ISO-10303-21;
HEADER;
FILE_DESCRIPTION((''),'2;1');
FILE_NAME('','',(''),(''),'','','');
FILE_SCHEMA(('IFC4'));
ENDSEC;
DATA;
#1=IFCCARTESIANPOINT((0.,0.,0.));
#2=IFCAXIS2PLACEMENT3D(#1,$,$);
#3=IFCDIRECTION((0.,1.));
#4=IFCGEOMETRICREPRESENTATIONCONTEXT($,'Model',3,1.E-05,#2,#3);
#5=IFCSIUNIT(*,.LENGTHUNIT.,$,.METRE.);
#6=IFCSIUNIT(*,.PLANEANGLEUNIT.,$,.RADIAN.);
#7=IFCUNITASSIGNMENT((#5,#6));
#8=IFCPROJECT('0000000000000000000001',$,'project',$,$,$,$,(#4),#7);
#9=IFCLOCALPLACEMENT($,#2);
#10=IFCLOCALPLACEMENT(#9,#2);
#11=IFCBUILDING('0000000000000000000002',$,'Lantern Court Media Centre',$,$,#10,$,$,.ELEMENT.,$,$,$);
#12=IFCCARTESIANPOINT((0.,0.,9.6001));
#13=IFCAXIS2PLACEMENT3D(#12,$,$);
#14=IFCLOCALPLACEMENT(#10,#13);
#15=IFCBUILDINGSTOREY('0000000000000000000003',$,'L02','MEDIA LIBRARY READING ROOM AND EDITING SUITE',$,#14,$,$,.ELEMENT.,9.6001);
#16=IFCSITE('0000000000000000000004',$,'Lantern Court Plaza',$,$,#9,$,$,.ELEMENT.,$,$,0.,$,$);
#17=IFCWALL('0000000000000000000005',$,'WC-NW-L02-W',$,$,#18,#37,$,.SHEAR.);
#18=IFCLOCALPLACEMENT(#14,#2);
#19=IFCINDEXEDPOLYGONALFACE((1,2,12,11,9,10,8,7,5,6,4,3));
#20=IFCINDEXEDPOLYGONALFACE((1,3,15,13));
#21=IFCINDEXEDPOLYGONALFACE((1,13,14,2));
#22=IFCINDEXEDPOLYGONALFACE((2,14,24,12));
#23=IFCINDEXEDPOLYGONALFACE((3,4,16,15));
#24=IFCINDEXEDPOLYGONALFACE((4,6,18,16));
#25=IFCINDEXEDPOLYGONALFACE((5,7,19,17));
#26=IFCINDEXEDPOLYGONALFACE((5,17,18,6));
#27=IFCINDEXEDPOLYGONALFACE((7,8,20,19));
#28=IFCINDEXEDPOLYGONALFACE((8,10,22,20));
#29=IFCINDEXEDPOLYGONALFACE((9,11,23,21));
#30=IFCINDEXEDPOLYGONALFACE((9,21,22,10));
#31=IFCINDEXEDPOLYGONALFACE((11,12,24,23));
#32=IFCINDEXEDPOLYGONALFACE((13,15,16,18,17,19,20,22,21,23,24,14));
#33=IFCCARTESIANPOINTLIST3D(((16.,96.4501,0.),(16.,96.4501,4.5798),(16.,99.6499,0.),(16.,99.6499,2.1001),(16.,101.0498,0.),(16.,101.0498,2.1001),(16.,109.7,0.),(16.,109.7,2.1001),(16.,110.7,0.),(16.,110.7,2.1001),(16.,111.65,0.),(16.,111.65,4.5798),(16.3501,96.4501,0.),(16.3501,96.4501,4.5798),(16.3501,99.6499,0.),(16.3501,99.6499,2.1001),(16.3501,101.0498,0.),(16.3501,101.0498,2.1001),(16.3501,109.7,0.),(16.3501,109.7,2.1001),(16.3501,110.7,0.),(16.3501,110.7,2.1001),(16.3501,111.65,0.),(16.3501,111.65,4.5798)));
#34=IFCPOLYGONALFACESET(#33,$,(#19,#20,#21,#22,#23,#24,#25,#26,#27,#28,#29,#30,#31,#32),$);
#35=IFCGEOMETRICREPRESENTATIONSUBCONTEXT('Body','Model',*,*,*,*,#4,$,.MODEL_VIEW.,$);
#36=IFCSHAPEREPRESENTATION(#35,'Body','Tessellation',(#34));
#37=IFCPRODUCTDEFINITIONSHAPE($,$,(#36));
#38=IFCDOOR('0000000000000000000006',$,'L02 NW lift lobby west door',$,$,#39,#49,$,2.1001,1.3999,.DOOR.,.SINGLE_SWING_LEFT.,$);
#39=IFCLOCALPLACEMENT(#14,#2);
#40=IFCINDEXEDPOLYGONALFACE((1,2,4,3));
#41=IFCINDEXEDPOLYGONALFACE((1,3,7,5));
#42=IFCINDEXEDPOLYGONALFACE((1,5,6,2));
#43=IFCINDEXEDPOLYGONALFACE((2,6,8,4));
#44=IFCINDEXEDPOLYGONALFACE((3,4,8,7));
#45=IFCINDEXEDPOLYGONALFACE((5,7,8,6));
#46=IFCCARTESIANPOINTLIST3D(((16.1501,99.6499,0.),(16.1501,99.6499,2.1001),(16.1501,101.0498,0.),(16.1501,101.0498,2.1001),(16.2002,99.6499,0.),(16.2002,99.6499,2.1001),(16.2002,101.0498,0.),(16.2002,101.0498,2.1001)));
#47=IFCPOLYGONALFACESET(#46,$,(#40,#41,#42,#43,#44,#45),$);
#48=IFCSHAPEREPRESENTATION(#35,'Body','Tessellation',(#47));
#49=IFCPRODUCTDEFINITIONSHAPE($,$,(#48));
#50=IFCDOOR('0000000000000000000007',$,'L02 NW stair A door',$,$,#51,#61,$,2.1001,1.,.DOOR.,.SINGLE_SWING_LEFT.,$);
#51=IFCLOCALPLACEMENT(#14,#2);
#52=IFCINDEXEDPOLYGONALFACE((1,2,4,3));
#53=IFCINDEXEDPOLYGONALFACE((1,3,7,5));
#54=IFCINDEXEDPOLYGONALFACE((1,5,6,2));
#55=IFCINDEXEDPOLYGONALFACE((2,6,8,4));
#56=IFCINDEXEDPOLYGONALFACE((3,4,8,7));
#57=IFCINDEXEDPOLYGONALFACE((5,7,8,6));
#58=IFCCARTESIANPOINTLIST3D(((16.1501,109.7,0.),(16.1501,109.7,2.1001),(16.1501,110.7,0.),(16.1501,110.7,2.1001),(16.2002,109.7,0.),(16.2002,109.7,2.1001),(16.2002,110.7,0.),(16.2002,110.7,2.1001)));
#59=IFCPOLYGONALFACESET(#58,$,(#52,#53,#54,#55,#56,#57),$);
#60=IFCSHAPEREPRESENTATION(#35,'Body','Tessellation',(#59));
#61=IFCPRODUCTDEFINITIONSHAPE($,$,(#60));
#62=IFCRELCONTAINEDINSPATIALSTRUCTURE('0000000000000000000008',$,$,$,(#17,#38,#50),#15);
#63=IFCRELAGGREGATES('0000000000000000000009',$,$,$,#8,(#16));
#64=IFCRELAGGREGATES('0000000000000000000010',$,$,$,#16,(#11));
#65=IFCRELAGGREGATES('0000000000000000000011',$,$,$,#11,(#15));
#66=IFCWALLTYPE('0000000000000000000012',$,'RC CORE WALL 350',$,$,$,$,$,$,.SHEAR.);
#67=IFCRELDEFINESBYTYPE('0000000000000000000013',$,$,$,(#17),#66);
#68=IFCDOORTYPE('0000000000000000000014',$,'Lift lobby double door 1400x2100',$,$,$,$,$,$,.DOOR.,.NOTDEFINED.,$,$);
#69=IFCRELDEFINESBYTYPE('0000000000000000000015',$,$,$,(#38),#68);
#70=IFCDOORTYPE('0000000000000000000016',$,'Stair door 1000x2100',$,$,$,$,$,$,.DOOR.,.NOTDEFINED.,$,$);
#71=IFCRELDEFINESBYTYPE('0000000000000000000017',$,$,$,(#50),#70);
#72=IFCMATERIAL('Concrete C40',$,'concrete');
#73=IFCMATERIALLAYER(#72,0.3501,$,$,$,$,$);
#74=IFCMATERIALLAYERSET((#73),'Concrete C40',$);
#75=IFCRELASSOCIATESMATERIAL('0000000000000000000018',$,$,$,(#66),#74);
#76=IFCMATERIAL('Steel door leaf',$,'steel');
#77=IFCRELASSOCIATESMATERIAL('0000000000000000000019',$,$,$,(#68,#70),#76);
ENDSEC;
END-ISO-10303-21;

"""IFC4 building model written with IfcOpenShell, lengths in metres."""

from ifc_helpers import new_model, si_unit, direction, frame, frame_2d, origin, place, context, subcontext, project, spatial, rectangle, extrude, material, layer, layer_set, type_object, element, fill, save


model = new_model("IFC4")

# Units and contexts
model_context = context("Model", 3, precision=1e-05, world=origin(), true_north=direction((0.0, 1.0)))
body_context = subcontext(model_context, "Body", "Model", "MODEL_VIEW")
ifc_project = project(units=[si_unit("LENGTHUNIT", "METRE"), si_unit("PLANEANGLEUNIT", "RADIAN")], contexts=[model_context])

# Site, building, storey
site_placement = place(None, origin())
site = spatial("IfcSite", under=ifc_project, at=site_placement, Name="Lantern Court Plaza", CompositionType="ELEMENT", RefElevation=0.0)
building_placement = place(site_placement, origin())
building = spatial("IfcBuilding", under=site, at=building_placement, Name="Lantern Court Media Centre", CompositionType="ELEMENT")
storey_placement = place(building_placement, frame((0.0, 0.0, 9.6001)))
storey = spatial("IfcBuildingStorey", under=building, at=storey_placement, Name="L02", Description="MEDIA LIBRARY READING ROOM AND EDITING SUITE", CompositionType="ELEMENT", Elevation=9.6001)

# Shared definitions
ifc_material_1 = material(Name="Concrete C40", Category="concrete")
ifc_layer_1 = layer(ifc_material_1, 0.3501)
ifc_layer_set_1 = layer_set([ifc_layer_1], Name="Concrete C40")
wall_type_1 = type_object("IfcWallType", Name="RC CORE WALL 350", PredefinedType="SHEAR", material=ifc_layer_set_1)

# Wall, openings, doors
wall_1_placement = place(storey_placement, frame((16.175, 96.45, 0.0), z_axis=(0.0, 0.0, 1.0), x_axis=(0.0, 1.0, 0.0)))
wall_1 = element("IfcWall", 1, at=wall_1_placement, inside=storey, type_object=wall_type_1, Name="WC-NW-L02-W", PredefinedType="SHEAR", context=body_context, shape_type="SweptSolid", body=[
    extrude(rectangle(XDim=15.2, YDim=0.3501, at=frame_2d((7.6001, 0.0))), origin(), (0.0, 0.0, 1.0), 4.5798),
])
opening_1_placement = place(wall_1_placement, frame((13.25, 0.0, 0.0)))
opening_1 = element("IfcOpeningElement", 2, at=opening_1_placement, cuts=wall_1, PredefinedType="OPENING", context=body_context, shape_type="SweptSolid", body=[
    extrude(rectangle(XDim=1.0, YDim=2.1001, at=frame_2d((0.5, 1.05))), frame((0.0, 0.1851, 0.0), z_axis=(0.0, -1.0, 0.0), x_axis=(1.0, 0.0, 0.0)), (0.0, 0.0, 1.0), 0.3701),
])
opening_2_placement = place(wall_1_placement, frame((3.2, 0.0, 0.0)))
opening_2 = element("IfcOpeningElement", 3, at=opening_2_placement, cuts=wall_1, PredefinedType="OPENING", context=body_context, shape_type="SweptSolid", body=[
    extrude(rectangle(XDim=1.3999, YDim=2.1001, at=frame_2d((0.7, 1.05))), frame((0.0, 0.1851, 0.0), z_axis=(0.0, -1.0, 0.0), x_axis=(1.0, 0.0, 0.0)), (0.0, 0.0, 1.0), 0.3701),
])
ifc_material_2 = material(Name="Steel door leaf", Category="steel")
door_type_1 = type_object("IfcDoorType", Name="Lift lobby double door 1400x2100", OperationType="NOTDEFINED", PredefinedType="DOOR", material=ifc_material_2)
door_1_placement = place(opening_2_placement, origin())
door_1 = element("IfcDoor", 4, at=door_1_placement, inside=storey, type_object=door_type_1, Name="L02 NW lift lobby west door", OperationType="SINGLE_SWING_LEFT", OverallHeight=2.1001, OverallWidth=1.3999, PredefinedType="DOOR", context=body_context, shape_type="SweptSolid", body=[
    extrude(rectangle(XDim=1.3999, YDim=2.1001, at=frame_2d((0.7, 1.05))), frame((0.0, 0.0249, 0.0), z_axis=(0.0, -1.0, 0.0), x_axis=(1.0, 0.0, 0.0)), (0.0, 0.0, 1.0), 0.05),
])
fill(opening_2, door_1)
door_type_2 = type_object("IfcDoorType", Name="Stair door 1000x2100", OperationType="NOTDEFINED", PredefinedType="DOOR", material=ifc_material_2)
door_2_placement = place(opening_1_placement, origin())
door_2 = element("IfcDoor", 5, at=door_2_placement, inside=storey, type_object=door_type_2, Name="L02 NW stair A door", OperationType="SINGLE_SWING_LEFT", OverallHeight=2.1001, OverallWidth=1.0, PredefinedType="DOOR", context=body_context, shape_type="SweptSolid", body=[
    extrude(rectangle(XDim=1.0, YDim=2.1001, at=frame_2d((0.5, 1.05))), frame((0.0, 0.0249, 0.0), z_axis=(0.0, -1.0, 0.0), x_axis=(1.0, 0.0, 0.0)), (0.0, 0.0, 1.0), 0.05),
])
fill(opening_1, door_2)

save(model, "model.ifc")
